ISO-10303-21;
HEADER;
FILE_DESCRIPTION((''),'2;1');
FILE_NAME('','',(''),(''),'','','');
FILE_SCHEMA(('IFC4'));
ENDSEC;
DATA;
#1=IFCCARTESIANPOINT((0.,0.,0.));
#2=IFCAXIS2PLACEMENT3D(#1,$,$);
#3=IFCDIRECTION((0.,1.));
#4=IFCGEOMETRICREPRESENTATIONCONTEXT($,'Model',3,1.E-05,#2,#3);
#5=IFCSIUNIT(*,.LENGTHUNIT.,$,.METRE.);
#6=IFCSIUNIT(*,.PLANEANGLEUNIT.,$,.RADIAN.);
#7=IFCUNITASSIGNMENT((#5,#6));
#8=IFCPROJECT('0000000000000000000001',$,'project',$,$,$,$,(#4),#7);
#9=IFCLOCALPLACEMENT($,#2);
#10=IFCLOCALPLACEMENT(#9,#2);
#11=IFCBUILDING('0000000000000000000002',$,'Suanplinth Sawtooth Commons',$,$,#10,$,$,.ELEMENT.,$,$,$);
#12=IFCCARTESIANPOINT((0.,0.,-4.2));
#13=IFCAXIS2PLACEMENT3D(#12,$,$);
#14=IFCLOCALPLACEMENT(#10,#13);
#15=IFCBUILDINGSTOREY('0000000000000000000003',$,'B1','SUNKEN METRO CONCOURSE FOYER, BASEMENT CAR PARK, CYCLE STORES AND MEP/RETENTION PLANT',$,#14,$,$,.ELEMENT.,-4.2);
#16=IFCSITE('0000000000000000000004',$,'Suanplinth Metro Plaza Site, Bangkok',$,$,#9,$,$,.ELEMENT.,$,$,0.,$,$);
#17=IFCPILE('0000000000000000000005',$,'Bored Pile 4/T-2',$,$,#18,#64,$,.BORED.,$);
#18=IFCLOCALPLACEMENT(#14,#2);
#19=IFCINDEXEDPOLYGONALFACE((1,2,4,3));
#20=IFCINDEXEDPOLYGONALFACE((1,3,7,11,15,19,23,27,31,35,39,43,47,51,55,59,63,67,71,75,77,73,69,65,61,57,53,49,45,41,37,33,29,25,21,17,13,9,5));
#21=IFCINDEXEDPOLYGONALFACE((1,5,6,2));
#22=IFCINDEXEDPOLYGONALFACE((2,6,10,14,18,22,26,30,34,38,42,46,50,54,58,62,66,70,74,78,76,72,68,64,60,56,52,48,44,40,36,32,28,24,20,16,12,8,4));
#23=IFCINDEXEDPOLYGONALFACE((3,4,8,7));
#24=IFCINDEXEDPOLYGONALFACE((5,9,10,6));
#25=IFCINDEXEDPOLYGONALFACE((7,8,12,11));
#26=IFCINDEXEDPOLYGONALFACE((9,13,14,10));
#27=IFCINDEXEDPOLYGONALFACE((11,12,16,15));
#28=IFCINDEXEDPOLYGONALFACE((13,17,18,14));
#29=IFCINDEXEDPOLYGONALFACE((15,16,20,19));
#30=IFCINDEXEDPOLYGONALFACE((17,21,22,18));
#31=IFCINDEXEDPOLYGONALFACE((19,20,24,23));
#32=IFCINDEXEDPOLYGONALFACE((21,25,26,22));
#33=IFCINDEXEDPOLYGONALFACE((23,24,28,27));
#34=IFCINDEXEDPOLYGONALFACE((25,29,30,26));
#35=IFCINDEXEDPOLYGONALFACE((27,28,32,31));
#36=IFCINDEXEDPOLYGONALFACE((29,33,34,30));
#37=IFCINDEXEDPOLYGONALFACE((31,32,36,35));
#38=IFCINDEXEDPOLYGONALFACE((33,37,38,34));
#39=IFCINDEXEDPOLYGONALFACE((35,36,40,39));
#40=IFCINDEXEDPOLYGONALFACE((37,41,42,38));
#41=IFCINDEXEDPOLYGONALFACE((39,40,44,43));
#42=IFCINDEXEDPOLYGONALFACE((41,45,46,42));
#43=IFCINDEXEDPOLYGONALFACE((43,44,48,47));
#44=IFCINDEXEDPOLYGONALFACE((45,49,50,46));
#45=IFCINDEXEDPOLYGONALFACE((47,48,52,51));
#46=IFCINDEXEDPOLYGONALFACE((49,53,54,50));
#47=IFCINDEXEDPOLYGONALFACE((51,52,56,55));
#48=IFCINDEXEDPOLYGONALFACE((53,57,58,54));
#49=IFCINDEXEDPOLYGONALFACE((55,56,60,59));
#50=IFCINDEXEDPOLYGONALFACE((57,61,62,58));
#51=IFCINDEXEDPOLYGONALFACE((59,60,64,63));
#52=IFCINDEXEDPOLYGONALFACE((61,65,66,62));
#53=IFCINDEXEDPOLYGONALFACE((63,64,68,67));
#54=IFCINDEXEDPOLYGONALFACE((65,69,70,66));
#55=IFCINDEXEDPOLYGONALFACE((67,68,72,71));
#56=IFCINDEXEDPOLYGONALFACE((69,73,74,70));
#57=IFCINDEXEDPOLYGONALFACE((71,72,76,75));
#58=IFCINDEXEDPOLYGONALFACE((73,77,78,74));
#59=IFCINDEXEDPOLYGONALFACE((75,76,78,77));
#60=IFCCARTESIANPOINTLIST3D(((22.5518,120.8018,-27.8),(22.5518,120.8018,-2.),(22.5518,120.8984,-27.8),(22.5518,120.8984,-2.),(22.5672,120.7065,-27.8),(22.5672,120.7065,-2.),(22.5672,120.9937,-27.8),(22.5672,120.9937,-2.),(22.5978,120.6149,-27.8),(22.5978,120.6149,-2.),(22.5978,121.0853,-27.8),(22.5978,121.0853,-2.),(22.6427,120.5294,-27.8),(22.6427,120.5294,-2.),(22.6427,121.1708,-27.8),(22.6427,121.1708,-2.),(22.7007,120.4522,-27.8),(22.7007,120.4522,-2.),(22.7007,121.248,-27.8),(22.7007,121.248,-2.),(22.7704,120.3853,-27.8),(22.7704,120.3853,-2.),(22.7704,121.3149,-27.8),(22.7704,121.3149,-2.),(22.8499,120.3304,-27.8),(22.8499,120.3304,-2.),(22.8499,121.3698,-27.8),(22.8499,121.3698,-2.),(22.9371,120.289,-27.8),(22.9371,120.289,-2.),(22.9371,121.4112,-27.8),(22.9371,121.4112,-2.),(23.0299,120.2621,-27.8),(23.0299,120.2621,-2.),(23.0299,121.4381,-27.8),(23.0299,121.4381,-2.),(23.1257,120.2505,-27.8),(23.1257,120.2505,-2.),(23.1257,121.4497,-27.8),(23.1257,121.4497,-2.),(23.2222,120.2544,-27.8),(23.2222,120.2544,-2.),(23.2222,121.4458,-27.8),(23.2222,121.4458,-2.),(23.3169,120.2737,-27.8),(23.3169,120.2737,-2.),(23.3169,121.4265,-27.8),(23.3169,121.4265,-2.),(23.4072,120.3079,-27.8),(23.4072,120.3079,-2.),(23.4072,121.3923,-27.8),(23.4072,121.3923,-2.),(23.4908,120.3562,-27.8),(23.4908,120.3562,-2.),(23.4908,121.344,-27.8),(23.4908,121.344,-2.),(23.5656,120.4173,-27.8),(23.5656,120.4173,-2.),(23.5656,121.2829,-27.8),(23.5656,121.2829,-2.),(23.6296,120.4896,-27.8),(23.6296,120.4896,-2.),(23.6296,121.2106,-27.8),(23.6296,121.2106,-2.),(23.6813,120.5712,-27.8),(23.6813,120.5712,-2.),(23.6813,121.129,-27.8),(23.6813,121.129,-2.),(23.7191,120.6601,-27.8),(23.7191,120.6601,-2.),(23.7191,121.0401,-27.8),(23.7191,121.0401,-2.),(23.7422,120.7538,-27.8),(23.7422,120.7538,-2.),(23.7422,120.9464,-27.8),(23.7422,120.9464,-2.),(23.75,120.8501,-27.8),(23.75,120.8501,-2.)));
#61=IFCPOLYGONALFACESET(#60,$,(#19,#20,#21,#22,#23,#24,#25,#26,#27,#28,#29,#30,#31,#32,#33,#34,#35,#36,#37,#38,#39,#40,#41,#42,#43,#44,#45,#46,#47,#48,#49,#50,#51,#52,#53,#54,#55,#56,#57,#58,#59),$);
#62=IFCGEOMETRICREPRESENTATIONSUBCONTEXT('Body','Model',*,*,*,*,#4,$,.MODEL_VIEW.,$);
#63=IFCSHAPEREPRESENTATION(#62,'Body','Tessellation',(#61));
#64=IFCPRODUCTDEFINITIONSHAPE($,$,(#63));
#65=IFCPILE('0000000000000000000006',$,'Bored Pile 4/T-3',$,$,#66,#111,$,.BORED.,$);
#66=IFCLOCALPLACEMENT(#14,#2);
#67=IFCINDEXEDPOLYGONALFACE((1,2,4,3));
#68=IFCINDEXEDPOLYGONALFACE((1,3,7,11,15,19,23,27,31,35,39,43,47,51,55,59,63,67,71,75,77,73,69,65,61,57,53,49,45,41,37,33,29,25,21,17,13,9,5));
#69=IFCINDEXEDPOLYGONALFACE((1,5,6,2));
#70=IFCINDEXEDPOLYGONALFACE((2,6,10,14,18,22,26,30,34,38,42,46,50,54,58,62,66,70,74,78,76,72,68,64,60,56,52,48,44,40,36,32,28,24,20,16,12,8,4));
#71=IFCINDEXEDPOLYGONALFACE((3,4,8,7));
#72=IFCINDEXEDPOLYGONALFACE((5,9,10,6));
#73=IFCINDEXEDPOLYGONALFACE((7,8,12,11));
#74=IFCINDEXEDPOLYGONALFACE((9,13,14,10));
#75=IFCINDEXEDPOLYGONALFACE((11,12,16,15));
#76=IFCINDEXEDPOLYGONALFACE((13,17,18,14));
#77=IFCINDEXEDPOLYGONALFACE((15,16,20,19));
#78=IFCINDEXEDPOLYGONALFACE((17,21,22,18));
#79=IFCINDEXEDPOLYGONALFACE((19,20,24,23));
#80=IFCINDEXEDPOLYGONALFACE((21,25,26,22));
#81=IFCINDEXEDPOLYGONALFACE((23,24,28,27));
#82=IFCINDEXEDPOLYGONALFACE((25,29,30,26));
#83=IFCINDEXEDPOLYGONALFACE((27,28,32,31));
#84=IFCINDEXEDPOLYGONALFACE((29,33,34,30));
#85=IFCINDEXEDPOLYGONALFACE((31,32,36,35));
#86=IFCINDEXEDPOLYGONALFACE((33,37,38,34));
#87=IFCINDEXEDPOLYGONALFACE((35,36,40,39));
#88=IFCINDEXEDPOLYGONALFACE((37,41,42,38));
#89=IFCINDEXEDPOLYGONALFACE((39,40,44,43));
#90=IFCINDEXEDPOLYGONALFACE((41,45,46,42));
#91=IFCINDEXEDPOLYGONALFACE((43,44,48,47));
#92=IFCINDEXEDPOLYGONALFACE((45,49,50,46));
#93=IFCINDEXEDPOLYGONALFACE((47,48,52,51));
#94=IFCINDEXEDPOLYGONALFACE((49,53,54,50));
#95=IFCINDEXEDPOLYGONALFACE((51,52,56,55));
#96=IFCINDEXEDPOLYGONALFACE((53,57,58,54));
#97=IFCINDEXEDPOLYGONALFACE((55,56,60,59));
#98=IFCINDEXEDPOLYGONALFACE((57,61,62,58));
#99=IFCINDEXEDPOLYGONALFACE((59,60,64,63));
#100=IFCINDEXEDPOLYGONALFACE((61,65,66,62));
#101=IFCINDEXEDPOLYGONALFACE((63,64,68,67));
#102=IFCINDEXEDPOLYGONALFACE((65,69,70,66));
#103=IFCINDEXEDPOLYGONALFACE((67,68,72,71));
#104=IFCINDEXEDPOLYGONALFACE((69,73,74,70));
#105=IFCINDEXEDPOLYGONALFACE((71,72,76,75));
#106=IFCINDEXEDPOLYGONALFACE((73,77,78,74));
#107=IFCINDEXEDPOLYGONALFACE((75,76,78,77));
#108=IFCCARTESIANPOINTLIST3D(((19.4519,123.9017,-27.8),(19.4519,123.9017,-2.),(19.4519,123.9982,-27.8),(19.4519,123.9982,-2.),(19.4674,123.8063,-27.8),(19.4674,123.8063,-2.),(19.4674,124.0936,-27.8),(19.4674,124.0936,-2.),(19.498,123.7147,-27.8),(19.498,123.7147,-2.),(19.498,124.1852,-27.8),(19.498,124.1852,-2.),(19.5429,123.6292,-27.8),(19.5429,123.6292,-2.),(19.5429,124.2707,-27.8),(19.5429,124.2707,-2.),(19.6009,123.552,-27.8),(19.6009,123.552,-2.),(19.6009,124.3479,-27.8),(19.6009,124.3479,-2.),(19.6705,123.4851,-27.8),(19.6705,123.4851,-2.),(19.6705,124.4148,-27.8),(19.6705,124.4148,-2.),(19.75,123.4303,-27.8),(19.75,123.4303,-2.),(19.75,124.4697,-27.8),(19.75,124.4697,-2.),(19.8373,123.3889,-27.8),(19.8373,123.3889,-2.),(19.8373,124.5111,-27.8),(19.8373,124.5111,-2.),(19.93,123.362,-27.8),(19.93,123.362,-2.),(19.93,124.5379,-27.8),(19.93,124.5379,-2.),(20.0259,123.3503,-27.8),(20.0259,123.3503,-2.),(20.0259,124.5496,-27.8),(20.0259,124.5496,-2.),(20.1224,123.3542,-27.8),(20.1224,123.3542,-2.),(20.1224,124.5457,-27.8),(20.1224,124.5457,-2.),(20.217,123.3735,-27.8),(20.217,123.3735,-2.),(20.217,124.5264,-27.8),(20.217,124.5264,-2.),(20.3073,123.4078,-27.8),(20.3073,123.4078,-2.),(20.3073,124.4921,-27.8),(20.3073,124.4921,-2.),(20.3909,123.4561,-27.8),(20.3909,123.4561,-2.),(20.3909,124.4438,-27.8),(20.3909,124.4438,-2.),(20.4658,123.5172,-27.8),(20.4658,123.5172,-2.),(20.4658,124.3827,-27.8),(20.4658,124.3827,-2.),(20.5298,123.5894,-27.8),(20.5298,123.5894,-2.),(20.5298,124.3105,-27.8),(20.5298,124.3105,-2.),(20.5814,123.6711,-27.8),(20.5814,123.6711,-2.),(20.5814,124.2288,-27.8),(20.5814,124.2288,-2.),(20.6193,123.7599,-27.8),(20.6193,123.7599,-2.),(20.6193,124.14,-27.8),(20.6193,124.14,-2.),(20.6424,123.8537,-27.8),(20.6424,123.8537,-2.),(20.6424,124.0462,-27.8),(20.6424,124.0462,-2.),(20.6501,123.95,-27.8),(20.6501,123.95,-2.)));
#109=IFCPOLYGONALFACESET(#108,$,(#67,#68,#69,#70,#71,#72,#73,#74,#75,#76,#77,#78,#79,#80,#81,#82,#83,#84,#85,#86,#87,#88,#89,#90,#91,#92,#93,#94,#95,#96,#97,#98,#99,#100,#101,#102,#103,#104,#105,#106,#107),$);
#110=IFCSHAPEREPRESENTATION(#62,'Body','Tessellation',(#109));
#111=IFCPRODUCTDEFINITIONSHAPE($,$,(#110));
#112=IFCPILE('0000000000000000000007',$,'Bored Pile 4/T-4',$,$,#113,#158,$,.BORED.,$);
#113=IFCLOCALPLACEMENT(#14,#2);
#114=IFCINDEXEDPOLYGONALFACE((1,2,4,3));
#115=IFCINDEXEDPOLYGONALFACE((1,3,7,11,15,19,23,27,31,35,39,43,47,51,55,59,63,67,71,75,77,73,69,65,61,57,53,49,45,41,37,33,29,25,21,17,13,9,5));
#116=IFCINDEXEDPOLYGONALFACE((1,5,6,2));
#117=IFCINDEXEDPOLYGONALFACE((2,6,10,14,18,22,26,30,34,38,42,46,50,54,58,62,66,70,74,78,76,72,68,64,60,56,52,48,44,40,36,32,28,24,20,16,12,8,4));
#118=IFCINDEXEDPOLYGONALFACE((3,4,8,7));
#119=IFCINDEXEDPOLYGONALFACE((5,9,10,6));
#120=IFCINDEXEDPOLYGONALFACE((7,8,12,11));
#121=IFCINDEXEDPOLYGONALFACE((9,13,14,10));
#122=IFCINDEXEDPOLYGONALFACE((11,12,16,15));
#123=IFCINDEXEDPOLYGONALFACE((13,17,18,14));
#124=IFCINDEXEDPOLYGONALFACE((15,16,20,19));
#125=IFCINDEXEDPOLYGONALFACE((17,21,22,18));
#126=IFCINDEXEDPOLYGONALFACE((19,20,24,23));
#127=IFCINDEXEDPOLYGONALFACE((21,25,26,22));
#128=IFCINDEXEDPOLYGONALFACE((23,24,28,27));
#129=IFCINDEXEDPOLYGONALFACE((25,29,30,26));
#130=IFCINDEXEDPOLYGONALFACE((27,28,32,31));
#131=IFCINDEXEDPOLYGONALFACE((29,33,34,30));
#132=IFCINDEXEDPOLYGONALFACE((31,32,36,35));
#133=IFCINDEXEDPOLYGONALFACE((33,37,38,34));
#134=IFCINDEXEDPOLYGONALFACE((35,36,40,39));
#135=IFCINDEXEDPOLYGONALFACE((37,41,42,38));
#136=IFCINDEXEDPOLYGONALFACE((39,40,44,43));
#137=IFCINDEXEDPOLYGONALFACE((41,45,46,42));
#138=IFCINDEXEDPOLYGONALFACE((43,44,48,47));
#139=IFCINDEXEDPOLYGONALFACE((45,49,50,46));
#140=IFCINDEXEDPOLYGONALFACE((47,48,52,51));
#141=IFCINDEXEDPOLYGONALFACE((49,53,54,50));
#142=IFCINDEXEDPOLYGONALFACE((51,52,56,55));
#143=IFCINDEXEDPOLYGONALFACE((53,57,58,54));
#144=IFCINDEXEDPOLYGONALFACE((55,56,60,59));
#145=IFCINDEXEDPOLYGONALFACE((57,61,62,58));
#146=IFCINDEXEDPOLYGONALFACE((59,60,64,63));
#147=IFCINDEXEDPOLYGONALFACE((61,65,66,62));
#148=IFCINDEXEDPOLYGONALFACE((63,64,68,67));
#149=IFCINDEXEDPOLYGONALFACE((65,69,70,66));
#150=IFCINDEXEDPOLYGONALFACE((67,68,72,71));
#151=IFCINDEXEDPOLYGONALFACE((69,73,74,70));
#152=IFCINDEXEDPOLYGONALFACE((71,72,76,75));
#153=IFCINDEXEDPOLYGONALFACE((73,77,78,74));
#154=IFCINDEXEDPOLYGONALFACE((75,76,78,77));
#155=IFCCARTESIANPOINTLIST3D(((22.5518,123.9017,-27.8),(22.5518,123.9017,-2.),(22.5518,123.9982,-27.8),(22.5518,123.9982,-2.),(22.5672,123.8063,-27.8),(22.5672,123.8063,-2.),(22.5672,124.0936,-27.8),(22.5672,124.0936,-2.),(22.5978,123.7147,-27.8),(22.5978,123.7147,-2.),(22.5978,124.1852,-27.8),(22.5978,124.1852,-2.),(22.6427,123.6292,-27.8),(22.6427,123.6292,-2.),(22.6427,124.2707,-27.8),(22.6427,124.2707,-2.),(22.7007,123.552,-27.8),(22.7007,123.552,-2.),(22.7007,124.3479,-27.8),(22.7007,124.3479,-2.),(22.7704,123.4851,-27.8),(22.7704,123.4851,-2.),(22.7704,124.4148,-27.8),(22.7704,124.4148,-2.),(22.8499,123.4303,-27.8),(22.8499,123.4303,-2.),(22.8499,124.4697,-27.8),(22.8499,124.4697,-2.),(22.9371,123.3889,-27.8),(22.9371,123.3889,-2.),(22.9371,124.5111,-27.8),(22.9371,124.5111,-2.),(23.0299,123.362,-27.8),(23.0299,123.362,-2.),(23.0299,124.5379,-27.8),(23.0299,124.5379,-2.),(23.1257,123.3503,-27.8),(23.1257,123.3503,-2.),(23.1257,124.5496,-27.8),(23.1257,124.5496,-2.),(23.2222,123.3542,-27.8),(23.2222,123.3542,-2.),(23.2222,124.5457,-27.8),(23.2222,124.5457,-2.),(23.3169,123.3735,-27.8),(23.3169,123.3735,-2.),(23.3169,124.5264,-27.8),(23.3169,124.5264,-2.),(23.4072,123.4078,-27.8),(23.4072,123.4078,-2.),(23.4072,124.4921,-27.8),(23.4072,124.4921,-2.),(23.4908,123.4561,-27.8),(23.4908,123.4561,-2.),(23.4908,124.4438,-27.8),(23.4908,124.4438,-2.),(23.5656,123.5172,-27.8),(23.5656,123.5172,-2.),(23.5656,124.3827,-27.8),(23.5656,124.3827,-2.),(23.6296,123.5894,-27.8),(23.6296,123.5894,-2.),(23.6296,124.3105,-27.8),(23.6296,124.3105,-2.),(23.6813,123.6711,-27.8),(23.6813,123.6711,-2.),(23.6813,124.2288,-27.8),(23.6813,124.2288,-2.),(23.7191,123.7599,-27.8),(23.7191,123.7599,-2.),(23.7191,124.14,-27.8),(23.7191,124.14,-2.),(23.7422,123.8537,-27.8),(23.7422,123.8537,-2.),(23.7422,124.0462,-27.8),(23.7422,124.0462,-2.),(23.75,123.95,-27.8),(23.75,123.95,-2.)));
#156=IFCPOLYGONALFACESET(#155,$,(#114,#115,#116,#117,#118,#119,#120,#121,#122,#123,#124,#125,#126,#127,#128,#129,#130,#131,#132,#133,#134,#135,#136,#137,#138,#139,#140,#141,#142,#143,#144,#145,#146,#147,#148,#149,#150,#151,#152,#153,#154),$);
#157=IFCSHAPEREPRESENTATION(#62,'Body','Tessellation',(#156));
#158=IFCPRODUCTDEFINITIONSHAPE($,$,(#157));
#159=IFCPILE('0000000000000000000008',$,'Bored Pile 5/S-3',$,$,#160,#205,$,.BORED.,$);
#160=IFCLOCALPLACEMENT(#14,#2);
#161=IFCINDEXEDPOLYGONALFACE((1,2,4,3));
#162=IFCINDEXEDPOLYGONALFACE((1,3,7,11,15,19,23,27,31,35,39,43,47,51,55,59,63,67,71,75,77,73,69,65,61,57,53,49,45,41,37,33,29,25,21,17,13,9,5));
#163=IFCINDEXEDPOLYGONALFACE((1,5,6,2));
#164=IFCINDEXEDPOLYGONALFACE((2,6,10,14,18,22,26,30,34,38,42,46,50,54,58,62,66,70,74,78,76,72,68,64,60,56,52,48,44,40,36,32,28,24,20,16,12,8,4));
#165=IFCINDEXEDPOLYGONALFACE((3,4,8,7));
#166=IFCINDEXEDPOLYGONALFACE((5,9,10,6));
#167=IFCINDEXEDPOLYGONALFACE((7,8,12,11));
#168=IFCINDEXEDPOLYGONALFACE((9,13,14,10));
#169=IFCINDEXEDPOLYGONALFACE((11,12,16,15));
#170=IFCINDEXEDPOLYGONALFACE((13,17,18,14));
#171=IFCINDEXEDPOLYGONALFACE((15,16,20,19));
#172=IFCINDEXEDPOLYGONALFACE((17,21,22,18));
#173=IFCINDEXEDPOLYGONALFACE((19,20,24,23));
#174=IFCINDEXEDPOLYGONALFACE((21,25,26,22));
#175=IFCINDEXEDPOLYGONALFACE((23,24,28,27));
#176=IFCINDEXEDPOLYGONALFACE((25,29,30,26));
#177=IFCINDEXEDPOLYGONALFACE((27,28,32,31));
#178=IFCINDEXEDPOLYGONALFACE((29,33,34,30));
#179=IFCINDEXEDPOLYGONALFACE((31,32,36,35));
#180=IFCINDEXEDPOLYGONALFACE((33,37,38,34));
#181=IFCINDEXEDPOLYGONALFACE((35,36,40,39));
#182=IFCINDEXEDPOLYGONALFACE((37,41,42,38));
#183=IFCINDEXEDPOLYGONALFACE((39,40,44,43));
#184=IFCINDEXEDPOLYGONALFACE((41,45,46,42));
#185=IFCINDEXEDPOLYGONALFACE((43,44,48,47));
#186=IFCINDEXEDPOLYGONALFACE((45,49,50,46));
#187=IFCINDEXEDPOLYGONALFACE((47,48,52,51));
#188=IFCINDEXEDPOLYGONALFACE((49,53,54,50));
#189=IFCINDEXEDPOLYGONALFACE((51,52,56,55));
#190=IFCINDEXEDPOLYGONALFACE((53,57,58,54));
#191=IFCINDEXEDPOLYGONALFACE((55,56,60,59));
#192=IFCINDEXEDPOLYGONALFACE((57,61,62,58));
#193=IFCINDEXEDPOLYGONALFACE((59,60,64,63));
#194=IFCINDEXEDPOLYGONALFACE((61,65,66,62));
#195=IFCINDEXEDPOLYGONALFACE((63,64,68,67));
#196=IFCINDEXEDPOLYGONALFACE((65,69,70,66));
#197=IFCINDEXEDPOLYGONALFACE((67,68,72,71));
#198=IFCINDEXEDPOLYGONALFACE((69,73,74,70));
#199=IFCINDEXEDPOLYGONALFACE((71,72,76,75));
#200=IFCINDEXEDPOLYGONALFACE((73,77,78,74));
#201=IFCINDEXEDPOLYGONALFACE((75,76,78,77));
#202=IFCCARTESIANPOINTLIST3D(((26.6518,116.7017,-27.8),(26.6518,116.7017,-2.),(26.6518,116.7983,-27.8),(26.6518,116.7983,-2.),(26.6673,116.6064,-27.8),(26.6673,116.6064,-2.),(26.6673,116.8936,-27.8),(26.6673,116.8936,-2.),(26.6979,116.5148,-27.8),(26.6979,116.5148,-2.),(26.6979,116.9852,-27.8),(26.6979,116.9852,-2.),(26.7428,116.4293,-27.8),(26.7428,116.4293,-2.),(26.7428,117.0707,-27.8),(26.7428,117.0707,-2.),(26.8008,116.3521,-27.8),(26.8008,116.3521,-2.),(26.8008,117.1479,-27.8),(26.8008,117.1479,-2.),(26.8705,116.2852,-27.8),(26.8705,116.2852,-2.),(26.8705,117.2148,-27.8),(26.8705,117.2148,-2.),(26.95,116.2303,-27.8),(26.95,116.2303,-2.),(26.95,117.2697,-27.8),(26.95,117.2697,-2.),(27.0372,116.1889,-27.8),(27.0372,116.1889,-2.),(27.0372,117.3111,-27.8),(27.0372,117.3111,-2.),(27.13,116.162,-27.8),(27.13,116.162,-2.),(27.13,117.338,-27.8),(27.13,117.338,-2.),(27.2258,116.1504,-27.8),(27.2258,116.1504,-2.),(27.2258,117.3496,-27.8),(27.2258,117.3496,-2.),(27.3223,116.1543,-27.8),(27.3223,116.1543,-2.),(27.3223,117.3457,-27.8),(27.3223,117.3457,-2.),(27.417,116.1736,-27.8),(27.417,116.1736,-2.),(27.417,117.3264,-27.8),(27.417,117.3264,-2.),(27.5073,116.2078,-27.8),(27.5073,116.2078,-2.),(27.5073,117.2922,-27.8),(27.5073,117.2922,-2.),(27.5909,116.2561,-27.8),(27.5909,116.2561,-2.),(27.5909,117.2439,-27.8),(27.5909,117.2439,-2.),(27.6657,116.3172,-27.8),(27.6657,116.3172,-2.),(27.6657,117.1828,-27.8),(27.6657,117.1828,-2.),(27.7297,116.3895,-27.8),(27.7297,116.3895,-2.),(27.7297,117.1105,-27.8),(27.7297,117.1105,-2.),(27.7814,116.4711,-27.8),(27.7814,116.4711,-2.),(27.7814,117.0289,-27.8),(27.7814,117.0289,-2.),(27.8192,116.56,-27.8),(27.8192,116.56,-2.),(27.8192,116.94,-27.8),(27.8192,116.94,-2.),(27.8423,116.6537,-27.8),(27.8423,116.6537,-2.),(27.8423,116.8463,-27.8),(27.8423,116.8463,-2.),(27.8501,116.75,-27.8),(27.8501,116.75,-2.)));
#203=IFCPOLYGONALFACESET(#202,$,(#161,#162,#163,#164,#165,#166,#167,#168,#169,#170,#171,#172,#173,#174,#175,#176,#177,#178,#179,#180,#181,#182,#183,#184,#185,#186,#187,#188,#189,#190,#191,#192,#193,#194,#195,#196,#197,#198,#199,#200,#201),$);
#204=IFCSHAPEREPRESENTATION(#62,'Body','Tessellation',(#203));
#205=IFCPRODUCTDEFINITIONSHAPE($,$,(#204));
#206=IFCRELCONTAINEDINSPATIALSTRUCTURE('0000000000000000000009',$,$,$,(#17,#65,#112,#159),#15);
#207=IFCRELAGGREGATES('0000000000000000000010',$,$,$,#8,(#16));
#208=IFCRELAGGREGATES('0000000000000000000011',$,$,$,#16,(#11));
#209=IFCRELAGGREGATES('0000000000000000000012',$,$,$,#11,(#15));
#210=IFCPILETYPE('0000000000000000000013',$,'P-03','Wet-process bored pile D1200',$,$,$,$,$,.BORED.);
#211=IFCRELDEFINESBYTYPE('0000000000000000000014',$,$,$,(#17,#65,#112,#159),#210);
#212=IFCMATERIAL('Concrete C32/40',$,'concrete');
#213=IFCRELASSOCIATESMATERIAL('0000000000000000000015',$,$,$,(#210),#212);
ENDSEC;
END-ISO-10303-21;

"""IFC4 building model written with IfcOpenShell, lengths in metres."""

from ifc_helpers import new_model, si_unit, direction, frame, origin, origin_2d, place, context, subcontext, project, spatial, circle, extrude, material, material_profile, profile_set, type_object, element, save


model = new_model("IFC4")

# Units and contexts
model_context = context("Model", 3, precision=1e-05, world=origin(), true_north=direction((0.0, 1.0)))
body_context = subcontext(model_context, "Body", "Model", "MODEL_VIEW")
ifc_project = project(units=[si_unit("LENGTHUNIT", "METRE"), si_unit("PLANEANGLEUNIT", "RADIAN")], contexts=[model_context])

# Site, building, storey
site_placement = place(None, origin())
site = spatial("IfcSite", under=ifc_project, at=site_placement, Name="Suanplinth Metro Plaza Site, Bangkok", CompositionType="ELEMENT", RefElevation=0.0)
building_placement = place(site_placement, origin())
building = spatial("IfcBuilding", under=site, at=building_placement, Name="Suanplinth Sawtooth Commons", CompositionType="ELEMENT")
storey_placement = place(building_placement, frame((0.0, 0.0, -4.2)))
storey = spatial("IfcBuildingStorey", under=building, at=storey_placement, Name="B1", Description="SUNKEN METRO CONCOURSE FOYER, BASEMENT CAR PARK, CYCLE STORES AND MEP/RETENTION PLANT", CompositionType="ELEMENT", Elevation=-4.2)

# Piles
ifc_material_1 = material(Name="Concrete C32/40", Category="concrete")
ifc_material_profile_1 = material_profile(ifc_material_1, circle(Radius=0.6001, at=origin_2d()), Name="PILE D1200")
ifc_profile_set_1 = profile_set([ifc_material_profile_1], Name="Concrete C32/40")
pile_type = type_object("IfcPileType", Name="P-03", Description="Wet-process bored pile D1200", PredefinedType="BORED", material=ifc_profile_set_1)
for number, where, z_axis, x_axis, name in (
    (1, (23.1499, 120.8501, -2.0), (0.0, 0.0, -1.0), (1.0, 0.0, 0.0), "Bored Pile 4/T-2"),
    (2, (20.05, 123.95, -2.0), (0.0, 0.0, -1.0), (1.0, 0.0, 0.0), "Bored Pile 4/T-3"),
    (3, (23.1499, 123.95, -2.0), (0.0, 0.0, -1.0), (1.0, 0.0, 0.0), "Bored Pile 4/T-4"),
    (4, (27.25, 116.75, -2.0), (0.0, 0.0, -1.0), (1.0, 0.0, 0.0), "Bored Pile 5/S-3"),
):
    element("IfcPile", number, at=place(storey_placement, frame(where, z_axis=z_axis, x_axis=x_axis)), inside=storey, type_object=pile_type, Name=name, PredefinedType="BORED", context=body_context, shape_type="SweptSolid", body=[
        extrude(circle(Radius=0.6001, at=origin_2d()), origin(), (0.0, 0.0, 1.0), 25.8),
    ])

save(model, "model.ifc")
